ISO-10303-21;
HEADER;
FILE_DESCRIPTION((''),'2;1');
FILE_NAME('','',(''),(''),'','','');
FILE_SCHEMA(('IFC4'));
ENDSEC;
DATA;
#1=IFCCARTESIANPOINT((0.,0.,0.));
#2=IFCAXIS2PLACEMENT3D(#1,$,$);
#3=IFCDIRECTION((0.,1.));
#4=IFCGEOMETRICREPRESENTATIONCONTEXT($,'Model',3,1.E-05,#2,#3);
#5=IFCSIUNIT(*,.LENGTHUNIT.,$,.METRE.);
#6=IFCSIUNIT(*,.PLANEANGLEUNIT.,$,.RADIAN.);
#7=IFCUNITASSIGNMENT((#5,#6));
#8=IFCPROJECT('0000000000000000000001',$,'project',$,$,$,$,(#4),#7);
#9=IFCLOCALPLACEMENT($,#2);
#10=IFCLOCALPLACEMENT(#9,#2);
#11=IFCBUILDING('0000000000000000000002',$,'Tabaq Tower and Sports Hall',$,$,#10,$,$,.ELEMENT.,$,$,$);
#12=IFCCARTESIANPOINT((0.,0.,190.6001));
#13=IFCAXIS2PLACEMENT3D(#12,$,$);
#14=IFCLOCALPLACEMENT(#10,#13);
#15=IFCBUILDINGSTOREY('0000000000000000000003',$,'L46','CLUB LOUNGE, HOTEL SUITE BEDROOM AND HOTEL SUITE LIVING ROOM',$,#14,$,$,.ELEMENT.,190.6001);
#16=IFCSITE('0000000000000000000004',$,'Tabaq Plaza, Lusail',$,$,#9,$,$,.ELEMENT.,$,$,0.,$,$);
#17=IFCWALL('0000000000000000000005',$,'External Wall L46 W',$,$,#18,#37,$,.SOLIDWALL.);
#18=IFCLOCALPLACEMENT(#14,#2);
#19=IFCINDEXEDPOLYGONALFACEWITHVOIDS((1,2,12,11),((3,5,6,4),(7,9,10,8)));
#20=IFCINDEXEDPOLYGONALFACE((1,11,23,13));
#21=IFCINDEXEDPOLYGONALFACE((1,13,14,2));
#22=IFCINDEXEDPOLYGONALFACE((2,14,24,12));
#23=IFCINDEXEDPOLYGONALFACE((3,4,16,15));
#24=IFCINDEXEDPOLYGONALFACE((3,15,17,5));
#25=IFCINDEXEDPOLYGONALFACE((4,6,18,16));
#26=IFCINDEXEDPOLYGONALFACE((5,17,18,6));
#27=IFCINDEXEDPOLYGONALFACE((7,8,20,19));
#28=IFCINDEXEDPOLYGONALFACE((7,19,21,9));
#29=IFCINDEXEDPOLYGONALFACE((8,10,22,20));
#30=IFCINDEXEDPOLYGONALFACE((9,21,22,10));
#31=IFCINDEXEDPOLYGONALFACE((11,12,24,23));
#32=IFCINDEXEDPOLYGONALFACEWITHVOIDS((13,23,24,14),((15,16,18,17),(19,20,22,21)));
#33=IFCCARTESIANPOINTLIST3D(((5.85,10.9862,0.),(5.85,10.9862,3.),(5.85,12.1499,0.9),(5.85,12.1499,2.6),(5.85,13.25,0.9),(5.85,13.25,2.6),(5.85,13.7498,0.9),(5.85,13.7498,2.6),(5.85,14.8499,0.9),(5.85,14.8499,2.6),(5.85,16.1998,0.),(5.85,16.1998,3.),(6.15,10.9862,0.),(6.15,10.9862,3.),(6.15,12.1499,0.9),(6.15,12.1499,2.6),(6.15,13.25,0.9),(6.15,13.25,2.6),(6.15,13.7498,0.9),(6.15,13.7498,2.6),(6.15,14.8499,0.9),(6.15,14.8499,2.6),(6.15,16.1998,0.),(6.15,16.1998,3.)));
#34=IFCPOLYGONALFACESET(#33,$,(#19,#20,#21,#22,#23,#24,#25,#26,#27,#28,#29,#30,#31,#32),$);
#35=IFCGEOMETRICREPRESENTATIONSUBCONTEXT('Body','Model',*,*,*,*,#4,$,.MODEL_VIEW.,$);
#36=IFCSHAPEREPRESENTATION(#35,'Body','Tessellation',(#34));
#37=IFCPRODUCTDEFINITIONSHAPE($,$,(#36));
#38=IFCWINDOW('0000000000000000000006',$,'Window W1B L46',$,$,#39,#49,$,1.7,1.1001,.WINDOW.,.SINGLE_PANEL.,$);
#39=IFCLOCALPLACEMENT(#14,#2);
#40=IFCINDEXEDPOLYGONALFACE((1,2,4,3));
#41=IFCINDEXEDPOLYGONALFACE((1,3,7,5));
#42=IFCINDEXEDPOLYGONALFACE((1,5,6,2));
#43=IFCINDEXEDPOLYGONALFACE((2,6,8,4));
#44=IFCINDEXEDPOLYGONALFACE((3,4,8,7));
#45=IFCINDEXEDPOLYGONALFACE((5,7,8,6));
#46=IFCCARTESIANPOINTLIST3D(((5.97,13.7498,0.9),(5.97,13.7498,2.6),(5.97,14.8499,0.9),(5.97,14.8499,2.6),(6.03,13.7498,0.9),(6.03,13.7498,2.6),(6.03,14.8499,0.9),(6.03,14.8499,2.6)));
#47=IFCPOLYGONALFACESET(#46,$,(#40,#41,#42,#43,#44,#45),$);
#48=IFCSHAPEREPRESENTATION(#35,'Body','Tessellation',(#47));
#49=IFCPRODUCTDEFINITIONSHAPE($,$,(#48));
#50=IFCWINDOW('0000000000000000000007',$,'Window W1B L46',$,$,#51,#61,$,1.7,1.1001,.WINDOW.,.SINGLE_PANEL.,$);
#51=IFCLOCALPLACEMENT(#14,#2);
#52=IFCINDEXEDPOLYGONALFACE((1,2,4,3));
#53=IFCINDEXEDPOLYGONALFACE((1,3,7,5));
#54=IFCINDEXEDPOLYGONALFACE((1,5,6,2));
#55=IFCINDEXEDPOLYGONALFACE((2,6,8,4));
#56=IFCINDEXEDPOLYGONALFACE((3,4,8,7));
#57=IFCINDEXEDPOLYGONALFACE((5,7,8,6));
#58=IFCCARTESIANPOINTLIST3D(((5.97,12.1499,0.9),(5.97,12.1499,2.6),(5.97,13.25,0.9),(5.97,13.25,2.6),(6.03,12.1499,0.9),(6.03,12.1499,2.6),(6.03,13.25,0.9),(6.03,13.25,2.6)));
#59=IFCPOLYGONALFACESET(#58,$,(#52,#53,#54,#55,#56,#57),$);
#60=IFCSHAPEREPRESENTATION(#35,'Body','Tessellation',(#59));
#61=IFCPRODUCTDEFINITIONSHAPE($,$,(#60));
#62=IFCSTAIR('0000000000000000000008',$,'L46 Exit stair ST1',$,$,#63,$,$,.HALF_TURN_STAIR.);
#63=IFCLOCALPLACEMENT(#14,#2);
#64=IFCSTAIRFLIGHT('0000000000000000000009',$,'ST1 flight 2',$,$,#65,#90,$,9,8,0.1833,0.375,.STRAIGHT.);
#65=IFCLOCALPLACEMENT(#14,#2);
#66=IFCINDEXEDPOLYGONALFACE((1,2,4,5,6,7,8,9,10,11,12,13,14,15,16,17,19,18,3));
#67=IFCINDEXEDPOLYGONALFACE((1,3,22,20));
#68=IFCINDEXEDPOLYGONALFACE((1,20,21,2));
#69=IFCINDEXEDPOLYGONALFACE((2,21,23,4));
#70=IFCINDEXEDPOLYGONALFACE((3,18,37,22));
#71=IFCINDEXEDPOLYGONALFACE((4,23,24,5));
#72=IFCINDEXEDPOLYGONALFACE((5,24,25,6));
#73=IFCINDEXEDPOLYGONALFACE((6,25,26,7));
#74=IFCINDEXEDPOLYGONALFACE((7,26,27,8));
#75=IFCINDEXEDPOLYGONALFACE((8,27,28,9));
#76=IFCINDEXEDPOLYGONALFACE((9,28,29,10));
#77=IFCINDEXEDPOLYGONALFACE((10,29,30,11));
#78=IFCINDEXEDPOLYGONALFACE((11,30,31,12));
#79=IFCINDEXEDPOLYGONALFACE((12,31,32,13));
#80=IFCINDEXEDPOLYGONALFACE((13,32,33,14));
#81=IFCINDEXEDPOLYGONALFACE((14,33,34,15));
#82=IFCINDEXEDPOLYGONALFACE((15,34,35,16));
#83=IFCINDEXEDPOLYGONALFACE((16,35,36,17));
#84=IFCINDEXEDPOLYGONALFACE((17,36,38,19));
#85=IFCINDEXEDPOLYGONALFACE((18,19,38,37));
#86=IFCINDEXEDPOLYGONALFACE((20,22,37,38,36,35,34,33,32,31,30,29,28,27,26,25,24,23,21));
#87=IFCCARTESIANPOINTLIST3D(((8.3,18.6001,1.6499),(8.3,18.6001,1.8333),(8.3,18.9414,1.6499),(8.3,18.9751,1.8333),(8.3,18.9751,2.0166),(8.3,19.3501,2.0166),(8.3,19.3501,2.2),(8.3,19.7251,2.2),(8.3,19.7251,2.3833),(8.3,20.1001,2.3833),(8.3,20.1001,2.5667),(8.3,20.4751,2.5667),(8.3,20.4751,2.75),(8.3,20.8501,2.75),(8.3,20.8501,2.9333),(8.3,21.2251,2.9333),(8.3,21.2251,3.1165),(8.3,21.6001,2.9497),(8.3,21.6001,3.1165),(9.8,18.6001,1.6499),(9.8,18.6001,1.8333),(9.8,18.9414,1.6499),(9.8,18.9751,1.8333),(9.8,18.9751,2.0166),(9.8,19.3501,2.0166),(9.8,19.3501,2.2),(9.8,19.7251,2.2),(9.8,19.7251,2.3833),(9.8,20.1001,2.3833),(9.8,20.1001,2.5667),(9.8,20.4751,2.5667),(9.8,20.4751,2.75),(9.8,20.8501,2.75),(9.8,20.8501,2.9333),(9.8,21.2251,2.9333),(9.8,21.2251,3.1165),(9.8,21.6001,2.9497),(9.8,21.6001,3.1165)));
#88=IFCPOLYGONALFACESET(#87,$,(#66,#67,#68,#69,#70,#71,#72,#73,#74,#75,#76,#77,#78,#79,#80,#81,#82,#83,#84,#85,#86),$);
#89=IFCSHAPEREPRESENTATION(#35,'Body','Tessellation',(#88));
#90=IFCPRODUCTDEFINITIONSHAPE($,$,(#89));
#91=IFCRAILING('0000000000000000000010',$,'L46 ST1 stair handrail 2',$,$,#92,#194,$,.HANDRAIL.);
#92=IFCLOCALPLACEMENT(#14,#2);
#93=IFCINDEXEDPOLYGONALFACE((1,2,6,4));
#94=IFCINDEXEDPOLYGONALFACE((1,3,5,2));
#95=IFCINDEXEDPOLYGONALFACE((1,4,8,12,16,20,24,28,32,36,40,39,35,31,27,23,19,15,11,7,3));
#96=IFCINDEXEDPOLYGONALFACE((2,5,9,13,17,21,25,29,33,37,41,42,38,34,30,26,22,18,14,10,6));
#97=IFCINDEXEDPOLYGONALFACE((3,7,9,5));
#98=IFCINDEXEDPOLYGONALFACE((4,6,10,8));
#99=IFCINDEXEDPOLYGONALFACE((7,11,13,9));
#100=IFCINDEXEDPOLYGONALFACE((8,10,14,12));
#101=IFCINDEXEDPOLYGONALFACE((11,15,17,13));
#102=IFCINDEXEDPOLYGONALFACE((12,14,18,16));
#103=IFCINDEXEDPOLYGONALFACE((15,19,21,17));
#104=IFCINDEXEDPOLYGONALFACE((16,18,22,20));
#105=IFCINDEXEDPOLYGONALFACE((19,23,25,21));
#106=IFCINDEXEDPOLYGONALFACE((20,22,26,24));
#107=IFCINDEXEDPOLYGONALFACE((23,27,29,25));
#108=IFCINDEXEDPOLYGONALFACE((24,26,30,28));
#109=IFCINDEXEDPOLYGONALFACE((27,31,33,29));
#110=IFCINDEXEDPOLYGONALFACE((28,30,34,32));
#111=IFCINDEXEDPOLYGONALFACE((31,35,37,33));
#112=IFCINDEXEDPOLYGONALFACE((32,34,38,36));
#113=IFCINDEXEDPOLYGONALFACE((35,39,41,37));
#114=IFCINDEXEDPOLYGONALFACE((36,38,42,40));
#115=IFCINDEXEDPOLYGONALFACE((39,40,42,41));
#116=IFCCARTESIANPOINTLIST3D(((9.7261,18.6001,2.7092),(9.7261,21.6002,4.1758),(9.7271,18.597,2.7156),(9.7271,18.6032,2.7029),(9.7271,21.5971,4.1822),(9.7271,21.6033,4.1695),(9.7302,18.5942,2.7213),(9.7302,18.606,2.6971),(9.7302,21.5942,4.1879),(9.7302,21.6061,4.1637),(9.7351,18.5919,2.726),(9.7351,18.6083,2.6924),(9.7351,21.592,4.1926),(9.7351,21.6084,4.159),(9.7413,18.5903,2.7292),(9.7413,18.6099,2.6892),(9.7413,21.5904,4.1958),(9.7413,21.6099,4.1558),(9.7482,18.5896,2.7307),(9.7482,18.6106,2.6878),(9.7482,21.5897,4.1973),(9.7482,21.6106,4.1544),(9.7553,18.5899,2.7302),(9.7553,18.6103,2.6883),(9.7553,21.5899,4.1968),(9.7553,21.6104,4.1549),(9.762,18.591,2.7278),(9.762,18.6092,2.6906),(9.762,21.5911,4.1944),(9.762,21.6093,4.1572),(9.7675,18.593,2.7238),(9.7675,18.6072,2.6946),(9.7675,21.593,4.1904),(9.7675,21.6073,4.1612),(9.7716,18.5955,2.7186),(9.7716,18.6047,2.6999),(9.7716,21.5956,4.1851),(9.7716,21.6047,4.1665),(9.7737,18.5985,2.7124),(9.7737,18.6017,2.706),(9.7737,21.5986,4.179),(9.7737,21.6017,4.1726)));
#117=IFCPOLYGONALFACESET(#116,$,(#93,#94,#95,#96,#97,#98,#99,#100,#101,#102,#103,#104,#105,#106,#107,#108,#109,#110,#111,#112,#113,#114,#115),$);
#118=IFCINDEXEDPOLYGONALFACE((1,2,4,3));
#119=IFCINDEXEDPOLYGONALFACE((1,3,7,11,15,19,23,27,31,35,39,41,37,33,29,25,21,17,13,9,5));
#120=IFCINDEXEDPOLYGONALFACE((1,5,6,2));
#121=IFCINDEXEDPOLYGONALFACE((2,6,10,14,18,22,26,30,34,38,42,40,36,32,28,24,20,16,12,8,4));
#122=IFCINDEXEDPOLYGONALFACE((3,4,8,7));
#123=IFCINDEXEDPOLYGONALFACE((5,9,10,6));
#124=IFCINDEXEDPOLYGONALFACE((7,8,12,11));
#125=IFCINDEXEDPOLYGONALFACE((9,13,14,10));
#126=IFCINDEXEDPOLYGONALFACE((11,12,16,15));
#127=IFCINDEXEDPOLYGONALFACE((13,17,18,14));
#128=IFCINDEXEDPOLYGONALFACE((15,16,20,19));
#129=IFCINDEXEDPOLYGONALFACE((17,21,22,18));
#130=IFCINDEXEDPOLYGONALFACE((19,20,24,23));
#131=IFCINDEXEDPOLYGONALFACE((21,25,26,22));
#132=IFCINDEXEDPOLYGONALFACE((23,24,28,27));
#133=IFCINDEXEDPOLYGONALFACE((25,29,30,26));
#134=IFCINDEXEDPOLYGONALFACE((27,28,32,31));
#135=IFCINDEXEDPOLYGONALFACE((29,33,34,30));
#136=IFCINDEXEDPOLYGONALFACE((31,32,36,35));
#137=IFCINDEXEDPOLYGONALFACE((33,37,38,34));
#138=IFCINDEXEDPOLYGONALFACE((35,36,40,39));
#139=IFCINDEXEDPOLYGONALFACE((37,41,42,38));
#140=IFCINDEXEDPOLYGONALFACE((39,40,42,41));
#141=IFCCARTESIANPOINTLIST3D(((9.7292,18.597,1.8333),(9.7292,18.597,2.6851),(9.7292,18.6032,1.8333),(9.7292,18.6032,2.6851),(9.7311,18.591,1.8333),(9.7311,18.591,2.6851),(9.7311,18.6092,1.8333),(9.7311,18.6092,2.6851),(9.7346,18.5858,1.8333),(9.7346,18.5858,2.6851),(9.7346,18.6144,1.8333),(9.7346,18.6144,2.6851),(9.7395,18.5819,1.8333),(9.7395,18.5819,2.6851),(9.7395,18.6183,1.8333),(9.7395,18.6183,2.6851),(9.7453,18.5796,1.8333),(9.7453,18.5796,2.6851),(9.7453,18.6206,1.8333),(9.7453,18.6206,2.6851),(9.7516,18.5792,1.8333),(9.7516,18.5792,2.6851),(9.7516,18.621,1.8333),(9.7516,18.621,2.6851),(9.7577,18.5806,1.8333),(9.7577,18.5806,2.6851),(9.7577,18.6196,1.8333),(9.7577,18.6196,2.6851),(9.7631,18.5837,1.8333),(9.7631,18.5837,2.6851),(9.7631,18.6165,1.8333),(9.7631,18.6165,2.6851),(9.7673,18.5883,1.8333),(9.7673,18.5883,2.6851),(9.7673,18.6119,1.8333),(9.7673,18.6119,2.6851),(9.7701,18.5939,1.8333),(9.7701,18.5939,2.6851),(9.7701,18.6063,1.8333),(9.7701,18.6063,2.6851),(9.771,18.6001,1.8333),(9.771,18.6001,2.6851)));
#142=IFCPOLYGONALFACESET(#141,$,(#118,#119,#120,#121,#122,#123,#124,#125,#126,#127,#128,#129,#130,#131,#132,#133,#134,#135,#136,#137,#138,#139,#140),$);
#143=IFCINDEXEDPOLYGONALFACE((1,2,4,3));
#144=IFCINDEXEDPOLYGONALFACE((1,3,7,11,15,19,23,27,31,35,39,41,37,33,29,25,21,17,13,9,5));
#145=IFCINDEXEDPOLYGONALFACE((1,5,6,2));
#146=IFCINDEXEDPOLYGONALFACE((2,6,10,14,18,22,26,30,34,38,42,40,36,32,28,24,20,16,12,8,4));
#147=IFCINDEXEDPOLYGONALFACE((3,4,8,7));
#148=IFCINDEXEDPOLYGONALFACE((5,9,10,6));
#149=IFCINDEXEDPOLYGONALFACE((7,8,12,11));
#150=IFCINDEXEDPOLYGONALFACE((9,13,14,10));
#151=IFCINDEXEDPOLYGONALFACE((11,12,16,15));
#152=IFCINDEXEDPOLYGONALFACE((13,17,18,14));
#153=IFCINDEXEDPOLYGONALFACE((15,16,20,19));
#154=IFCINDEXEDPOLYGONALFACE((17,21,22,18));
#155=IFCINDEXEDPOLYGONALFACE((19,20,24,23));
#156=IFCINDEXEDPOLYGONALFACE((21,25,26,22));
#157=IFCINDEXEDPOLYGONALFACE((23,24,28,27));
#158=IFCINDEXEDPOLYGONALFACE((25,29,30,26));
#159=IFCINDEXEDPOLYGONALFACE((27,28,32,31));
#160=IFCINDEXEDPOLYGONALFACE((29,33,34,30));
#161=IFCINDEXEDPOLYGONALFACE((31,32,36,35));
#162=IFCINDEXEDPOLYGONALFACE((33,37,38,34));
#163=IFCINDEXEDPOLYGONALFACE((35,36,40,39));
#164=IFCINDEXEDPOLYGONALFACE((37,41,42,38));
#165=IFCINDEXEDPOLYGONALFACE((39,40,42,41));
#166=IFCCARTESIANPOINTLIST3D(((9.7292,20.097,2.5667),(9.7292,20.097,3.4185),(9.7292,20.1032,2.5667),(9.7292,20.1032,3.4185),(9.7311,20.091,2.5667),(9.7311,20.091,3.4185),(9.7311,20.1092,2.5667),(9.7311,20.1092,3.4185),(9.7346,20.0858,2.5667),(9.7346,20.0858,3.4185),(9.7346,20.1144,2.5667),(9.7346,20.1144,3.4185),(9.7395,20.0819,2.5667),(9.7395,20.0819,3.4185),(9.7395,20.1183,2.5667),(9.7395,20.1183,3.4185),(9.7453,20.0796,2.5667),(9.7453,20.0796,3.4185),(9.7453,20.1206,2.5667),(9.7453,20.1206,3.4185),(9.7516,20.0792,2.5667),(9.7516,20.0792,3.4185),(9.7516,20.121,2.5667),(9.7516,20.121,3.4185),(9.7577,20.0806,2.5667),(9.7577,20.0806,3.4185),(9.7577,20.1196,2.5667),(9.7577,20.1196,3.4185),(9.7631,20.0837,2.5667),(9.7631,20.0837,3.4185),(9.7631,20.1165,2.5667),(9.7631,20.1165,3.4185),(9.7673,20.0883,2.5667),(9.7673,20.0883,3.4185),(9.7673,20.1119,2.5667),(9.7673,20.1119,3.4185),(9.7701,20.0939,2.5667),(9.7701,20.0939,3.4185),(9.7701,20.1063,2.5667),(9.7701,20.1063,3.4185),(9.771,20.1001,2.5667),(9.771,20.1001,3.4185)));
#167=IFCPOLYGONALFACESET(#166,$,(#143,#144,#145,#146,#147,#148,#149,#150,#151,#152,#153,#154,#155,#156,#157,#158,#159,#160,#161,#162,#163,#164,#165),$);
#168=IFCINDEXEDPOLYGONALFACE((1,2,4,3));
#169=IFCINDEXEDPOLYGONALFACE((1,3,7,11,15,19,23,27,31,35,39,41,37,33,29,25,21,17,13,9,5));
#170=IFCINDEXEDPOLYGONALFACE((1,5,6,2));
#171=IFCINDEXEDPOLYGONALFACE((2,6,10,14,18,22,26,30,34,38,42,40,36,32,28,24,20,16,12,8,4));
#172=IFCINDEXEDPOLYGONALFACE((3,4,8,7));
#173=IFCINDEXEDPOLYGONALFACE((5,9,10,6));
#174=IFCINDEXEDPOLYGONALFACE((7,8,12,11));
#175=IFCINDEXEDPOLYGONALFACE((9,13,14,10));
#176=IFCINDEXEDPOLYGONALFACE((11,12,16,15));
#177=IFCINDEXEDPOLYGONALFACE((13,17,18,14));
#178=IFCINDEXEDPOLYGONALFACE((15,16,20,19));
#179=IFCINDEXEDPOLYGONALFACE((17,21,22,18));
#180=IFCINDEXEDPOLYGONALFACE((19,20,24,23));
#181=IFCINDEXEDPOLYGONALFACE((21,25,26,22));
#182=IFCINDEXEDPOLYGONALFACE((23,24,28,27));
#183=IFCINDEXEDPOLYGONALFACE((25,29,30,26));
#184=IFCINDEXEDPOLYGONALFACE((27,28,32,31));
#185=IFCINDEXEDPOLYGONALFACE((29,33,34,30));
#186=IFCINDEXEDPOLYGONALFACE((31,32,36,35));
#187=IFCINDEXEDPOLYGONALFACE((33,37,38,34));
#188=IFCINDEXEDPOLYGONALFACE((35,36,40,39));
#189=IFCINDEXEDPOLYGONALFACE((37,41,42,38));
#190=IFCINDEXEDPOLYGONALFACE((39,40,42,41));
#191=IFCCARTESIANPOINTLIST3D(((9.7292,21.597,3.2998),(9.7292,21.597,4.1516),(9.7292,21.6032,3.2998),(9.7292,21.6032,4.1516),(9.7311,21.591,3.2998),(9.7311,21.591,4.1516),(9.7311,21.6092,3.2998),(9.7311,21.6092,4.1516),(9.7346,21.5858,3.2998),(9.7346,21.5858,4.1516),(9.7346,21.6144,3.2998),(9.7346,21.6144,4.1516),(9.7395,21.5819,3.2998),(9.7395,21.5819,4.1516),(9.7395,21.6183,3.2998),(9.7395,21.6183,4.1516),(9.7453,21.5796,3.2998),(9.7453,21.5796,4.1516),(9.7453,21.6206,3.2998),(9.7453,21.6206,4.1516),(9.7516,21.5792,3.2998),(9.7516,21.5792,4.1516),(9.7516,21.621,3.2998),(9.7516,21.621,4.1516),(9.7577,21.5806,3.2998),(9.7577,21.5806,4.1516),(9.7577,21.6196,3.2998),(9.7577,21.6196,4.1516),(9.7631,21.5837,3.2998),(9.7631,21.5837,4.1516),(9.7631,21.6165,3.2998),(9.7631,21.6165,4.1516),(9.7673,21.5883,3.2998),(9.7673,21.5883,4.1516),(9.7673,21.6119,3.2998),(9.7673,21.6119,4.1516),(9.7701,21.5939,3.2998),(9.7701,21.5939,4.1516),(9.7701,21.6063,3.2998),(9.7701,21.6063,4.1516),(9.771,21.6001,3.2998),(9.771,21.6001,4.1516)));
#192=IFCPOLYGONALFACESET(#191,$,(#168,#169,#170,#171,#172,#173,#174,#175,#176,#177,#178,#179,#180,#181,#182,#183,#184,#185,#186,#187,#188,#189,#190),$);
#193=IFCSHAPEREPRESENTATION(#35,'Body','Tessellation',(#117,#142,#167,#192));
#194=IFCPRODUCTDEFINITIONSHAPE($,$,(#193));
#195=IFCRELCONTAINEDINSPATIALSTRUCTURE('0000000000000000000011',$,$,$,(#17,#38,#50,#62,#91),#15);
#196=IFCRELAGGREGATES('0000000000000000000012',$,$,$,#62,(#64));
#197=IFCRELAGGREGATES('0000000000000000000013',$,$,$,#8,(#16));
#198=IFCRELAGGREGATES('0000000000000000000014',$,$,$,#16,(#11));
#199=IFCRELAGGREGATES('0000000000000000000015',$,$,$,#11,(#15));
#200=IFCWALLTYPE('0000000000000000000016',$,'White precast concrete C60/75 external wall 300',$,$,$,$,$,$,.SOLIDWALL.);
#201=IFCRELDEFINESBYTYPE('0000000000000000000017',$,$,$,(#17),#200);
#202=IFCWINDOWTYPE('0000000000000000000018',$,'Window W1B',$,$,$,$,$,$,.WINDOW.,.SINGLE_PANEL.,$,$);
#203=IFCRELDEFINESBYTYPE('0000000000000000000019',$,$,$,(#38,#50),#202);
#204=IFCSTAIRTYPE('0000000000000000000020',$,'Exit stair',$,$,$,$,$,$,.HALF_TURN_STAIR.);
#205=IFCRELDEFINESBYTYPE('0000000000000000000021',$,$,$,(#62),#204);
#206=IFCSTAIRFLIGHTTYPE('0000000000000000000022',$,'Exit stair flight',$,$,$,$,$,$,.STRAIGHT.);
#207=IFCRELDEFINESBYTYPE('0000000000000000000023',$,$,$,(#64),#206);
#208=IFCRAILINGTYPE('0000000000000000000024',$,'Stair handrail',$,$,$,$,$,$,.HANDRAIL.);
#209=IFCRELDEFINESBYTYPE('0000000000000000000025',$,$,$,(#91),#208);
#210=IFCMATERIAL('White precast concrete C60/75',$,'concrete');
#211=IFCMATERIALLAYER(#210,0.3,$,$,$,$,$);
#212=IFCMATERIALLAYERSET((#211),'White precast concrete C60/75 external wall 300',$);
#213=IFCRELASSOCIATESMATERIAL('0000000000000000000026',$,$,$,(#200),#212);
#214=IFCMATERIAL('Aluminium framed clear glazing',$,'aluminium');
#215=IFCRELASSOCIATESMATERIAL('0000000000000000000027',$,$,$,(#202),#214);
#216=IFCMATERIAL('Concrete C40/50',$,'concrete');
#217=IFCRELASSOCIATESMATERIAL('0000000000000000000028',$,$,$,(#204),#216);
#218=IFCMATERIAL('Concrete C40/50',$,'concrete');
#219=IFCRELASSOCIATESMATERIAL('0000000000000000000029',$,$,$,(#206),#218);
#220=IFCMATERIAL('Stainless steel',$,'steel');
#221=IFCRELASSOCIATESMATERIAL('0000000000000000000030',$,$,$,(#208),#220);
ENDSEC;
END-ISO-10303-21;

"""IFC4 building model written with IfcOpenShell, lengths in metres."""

from ifc_helpers import new_model, si_unit, direction, frame, frame_2d, origin, origin_2d, place, context, subcontext, project, spatial, polyline, rectangle, circle, outline, extrude, material, layer, layer_set, type_object, element, fill, aggregate, save


model = new_model("IFC4")

# Units and contexts
model_context = context("Model", 3, precision=1e-05, world=origin(), true_north=direction((0.0, 1.0)))
body_context = subcontext(model_context, "Body", "Model", "MODEL_VIEW")
ifc_project = project(units=[si_unit("LENGTHUNIT", "METRE"), si_unit("PLANEANGLEUNIT", "RADIAN")], contexts=[model_context])

# Site, building, storey
site_placement = place(None, origin())
site = spatial("IfcSite", under=ifc_project, at=site_placement, Name="Tabaq Plaza, Lusail", CompositionType="ELEMENT", RefElevation=0.0)
building_placement = place(site_placement, origin())
building = spatial("IfcBuilding", under=site, at=building_placement, Name="Tabaq Tower and Sports Hall", CompositionType="ELEMENT")
storey_placement = place(building_placement, frame((0.0, 0.0, 190.6001)))
storey = spatial("IfcBuildingStorey", under=building, at=storey_placement, Name="L46", Description="CLUB LOUNGE, HOTEL SUITE BEDROOM AND HOTEL SUITE LIVING ROOM", CompositionType="ELEMENT", Elevation=190.6001)

# Wall, openings, windows
ifc_material_1 = material(Name="White precast concrete C60/75", Category="concrete")
ifc_layer_1 = layer(ifc_material_1, 0.3)
ifc_layer_set_1 = layer_set([ifc_layer_1], Name="White precast concrete C60/75 external wall 300")
wall_type_1 = type_object("IfcWallType", Name="White precast concrete C60/75 external wall 300", PredefinedType="SOLIDWALL", material=ifc_layer_set_1)
wall_1_placement = place(storey_placement, frame((6.0, 16.2, 0.0), z_axis=(0.0, 0.0, 1.0), x_axis=(0.0, -1.0, 0.0)))
wall_1 = element("IfcWall", 1, at=wall_1_placement, inside=storey, type_object=wall_type_1, Name="External Wall L46 W", PredefinedType="SOLIDWALL", context=body_context, shape_type="SweptSolid", body=[
    extrude(rectangle(XDim=5.2136, YDim=0.3, at=frame_2d((2.6069, 0.0))), origin(), (0.0, 0.0, 1.0), 3.0),
])
opening_1_placement = place(wall_1_placement, frame((1.3501, 0.0, 0.8999)))
opening_1 = element("IfcOpeningElement", 2, at=opening_1_placement, cuts=wall_1, PredefinedType="OPENING", context=body_context, shape_type="SweptSolid", body=[
    extrude(rectangle(XDim=1.1001, YDim=1.7, at=frame_2d((0.55, 0.8501))), frame((0.0, 0.1602, 0.0), z_axis=(0.0, -1.0, 0.0), x_axis=(1.0, 0.0, 0.0)), (0.0, 0.0, 1.0), 0.3201),
])
opening_2_placement = place(wall_1_placement, frame((2.95, 0.0, 0.8999)))
opening_2 = element("IfcOpeningElement", 3, at=opening_2_placement, cuts=wall_1, PredefinedType="OPENING", context=body_context, shape_type="SweptSolid", body=[
    extrude(rectangle(XDim=1.1001, YDim=1.7, at=frame_2d((0.55, 0.8501))), frame((0.0, 0.1602, 0.0), z_axis=(0.0, -1.0, 0.0), x_axis=(1.0, 0.0, 0.0)), (0.0, 0.0, 1.0), 0.3201),
])
ifc_material_2 = material(Name="Aluminium framed clear glazing", Category="aluminium")
window_type = type_object("IfcWindowType", Name="Window W1B", PartitioningType="SINGLE_PANEL", PredefinedType="WINDOW", material=ifc_material_2)
window_1_placement = place(opening_1_placement, origin())
window_1 = element("IfcWindow", 4, at=window_1_placement, inside=storey, type_object=window_type, Name="Window W1B L46", OverallHeight=1.7, OverallWidth=1.1001, PartitioningType="SINGLE_PANEL", PredefinedType="WINDOW", context=body_context, shape_type="SweptSolid", body=[
    extrude(rectangle(XDim=1.1001, YDim=1.7, at=frame_2d((0.55, 0.8501))), frame((0.0, 0.03, 0.0), z_axis=(0.0, -1.0, 0.0), x_axis=(1.0, 0.0, 0.0)), (0.0, 0.0, 1.0), 0.0601),
])
fill(opening_1, window_1)
window_2_placement = place(opening_2_placement, origin())
window_2 = element("IfcWindow", 5, at=window_2_placement, inside=storey, type_object=window_type, Name="Window W1B L46", OverallHeight=1.7, OverallWidth=1.1001, PartitioningType="SINGLE_PANEL", PredefinedType="WINDOW", context=body_context, shape_type="SweptSolid", body=[
    extrude(rectangle(XDim=1.1001, YDim=1.7, at=frame_2d((0.55, 0.8501))), frame((0.0, 0.03, 0.0), z_axis=(0.0, -1.0, 0.0), x_axis=(1.0, 0.0, 0.0)), (0.0, 0.0, 1.0), 0.0601),
])
fill(opening_2, window_2)

# Stair, stair flight
ifc_material_3 = material(Name="Concrete C40/50", Category="concrete")
stair_type = type_object("IfcStairType", Name="Exit stair", PredefinedType="HALF_TURN_STAIR", material=ifc_material_3)
stair_placement = place(storey_placement, origin())
stair = element("IfcStair", 6, at=stair_placement, inside=storey, type_object=stair_type, Name="L46 Exit stair ST1", PredefinedType="HALF_TURN_STAIR")
ifc_material_4 = material(Name="Concrete C40/50", Category="concrete")
stair_flight_type = type_object("IfcStairFlightType", Name="Exit stair flight", PredefinedType="STRAIGHT", material=ifc_material_4)
stair_flight_placement = place(storey_placement, frame((9.05, 18.6001, 1.6499), z_axis=(0.0, 0.0, 1.0), x_axis=(0.0, 1.0, 0.0)))
stair_flight = element("IfcStairFlight", 7, at=stair_flight_placement, type_object=stair_flight_type, Name="ST1 flight 2", NumberOfRisers=9, NumberOfTreads=8, PredefinedType="STRAIGHT", RiserHeight=0.1833, TreadLength=0.375, context=body_context, shape_type="SweptSolid", body=[
    extrude(outline(polyline([(0.0, 0.0), (0.0, 0.1833), (0.375, 0.1833), (0.375, 0.3667), (0.75, 0.3667), (0.75, 0.55), (1.125, 0.55), (1.125, 0.7334), (1.5, 0.7334), (1.5, 0.9167), (1.875, 0.9167), (1.875, 1.1001), (2.25, 1.1001), (2.25, 1.2834), (2.625, 1.2834), (2.625, 1.4666), (3.0, 1.4666), (3.0, 1.6499), (3.0, 1.2998), (0.3413, 0.0), (0.0, 0.0)])), frame((0.0, 0.75, 0.0), z_axis=(0.0, -1.0, 0.0), x_axis=(1.0, 0.0, 0.0)), (0.0, 0.0, 1.0), 1.5),
])
aggregate(stair, [stair_flight])

# Railing
ifc_material_5 = material(Name="Stainless steel", Category="steel")
railing_type = type_object("IfcRailingType", Name="Stair handrail", PredefinedType="HANDRAIL", material=ifc_material_5)
railing_placement = place(storey_placement, frame((9.75, 18.6001, 1.8333)))
element("IfcRailing", 8, at=railing_placement, inside=storey, type_object=railing_type, Name="L46 ST1 stair handrail 2", PredefinedType="HANDRAIL", context=body_context, shape_type="SweptSolid", body=[
    extrude(circle(Radius=0.0239, at=origin_2d()), frame((0.0, 0.0, 0.876), z_axis=(0.0, 0.898398, 0.439183), x_axis=(-1.0, 0.0, 0.0)), (0.0, 0.0, 1.0), 3.3394),
    extrude(circle(Radius=0.021, at=origin_2d()), origin(), (0.0, 0.0, 1.0), 0.8518),
    extrude(circle(Radius=0.021, at=origin_2d()), frame((0.0, 1.5, 0.7334)), (0.0, 0.0, 1.0), 0.8518),
    extrude(circle(Radius=0.021, at=origin_2d()), frame((0.0, 3.0, 1.4666)), (0.0, 0.0, 1.0), 0.8518),
])

save(model, "model.ifc")
